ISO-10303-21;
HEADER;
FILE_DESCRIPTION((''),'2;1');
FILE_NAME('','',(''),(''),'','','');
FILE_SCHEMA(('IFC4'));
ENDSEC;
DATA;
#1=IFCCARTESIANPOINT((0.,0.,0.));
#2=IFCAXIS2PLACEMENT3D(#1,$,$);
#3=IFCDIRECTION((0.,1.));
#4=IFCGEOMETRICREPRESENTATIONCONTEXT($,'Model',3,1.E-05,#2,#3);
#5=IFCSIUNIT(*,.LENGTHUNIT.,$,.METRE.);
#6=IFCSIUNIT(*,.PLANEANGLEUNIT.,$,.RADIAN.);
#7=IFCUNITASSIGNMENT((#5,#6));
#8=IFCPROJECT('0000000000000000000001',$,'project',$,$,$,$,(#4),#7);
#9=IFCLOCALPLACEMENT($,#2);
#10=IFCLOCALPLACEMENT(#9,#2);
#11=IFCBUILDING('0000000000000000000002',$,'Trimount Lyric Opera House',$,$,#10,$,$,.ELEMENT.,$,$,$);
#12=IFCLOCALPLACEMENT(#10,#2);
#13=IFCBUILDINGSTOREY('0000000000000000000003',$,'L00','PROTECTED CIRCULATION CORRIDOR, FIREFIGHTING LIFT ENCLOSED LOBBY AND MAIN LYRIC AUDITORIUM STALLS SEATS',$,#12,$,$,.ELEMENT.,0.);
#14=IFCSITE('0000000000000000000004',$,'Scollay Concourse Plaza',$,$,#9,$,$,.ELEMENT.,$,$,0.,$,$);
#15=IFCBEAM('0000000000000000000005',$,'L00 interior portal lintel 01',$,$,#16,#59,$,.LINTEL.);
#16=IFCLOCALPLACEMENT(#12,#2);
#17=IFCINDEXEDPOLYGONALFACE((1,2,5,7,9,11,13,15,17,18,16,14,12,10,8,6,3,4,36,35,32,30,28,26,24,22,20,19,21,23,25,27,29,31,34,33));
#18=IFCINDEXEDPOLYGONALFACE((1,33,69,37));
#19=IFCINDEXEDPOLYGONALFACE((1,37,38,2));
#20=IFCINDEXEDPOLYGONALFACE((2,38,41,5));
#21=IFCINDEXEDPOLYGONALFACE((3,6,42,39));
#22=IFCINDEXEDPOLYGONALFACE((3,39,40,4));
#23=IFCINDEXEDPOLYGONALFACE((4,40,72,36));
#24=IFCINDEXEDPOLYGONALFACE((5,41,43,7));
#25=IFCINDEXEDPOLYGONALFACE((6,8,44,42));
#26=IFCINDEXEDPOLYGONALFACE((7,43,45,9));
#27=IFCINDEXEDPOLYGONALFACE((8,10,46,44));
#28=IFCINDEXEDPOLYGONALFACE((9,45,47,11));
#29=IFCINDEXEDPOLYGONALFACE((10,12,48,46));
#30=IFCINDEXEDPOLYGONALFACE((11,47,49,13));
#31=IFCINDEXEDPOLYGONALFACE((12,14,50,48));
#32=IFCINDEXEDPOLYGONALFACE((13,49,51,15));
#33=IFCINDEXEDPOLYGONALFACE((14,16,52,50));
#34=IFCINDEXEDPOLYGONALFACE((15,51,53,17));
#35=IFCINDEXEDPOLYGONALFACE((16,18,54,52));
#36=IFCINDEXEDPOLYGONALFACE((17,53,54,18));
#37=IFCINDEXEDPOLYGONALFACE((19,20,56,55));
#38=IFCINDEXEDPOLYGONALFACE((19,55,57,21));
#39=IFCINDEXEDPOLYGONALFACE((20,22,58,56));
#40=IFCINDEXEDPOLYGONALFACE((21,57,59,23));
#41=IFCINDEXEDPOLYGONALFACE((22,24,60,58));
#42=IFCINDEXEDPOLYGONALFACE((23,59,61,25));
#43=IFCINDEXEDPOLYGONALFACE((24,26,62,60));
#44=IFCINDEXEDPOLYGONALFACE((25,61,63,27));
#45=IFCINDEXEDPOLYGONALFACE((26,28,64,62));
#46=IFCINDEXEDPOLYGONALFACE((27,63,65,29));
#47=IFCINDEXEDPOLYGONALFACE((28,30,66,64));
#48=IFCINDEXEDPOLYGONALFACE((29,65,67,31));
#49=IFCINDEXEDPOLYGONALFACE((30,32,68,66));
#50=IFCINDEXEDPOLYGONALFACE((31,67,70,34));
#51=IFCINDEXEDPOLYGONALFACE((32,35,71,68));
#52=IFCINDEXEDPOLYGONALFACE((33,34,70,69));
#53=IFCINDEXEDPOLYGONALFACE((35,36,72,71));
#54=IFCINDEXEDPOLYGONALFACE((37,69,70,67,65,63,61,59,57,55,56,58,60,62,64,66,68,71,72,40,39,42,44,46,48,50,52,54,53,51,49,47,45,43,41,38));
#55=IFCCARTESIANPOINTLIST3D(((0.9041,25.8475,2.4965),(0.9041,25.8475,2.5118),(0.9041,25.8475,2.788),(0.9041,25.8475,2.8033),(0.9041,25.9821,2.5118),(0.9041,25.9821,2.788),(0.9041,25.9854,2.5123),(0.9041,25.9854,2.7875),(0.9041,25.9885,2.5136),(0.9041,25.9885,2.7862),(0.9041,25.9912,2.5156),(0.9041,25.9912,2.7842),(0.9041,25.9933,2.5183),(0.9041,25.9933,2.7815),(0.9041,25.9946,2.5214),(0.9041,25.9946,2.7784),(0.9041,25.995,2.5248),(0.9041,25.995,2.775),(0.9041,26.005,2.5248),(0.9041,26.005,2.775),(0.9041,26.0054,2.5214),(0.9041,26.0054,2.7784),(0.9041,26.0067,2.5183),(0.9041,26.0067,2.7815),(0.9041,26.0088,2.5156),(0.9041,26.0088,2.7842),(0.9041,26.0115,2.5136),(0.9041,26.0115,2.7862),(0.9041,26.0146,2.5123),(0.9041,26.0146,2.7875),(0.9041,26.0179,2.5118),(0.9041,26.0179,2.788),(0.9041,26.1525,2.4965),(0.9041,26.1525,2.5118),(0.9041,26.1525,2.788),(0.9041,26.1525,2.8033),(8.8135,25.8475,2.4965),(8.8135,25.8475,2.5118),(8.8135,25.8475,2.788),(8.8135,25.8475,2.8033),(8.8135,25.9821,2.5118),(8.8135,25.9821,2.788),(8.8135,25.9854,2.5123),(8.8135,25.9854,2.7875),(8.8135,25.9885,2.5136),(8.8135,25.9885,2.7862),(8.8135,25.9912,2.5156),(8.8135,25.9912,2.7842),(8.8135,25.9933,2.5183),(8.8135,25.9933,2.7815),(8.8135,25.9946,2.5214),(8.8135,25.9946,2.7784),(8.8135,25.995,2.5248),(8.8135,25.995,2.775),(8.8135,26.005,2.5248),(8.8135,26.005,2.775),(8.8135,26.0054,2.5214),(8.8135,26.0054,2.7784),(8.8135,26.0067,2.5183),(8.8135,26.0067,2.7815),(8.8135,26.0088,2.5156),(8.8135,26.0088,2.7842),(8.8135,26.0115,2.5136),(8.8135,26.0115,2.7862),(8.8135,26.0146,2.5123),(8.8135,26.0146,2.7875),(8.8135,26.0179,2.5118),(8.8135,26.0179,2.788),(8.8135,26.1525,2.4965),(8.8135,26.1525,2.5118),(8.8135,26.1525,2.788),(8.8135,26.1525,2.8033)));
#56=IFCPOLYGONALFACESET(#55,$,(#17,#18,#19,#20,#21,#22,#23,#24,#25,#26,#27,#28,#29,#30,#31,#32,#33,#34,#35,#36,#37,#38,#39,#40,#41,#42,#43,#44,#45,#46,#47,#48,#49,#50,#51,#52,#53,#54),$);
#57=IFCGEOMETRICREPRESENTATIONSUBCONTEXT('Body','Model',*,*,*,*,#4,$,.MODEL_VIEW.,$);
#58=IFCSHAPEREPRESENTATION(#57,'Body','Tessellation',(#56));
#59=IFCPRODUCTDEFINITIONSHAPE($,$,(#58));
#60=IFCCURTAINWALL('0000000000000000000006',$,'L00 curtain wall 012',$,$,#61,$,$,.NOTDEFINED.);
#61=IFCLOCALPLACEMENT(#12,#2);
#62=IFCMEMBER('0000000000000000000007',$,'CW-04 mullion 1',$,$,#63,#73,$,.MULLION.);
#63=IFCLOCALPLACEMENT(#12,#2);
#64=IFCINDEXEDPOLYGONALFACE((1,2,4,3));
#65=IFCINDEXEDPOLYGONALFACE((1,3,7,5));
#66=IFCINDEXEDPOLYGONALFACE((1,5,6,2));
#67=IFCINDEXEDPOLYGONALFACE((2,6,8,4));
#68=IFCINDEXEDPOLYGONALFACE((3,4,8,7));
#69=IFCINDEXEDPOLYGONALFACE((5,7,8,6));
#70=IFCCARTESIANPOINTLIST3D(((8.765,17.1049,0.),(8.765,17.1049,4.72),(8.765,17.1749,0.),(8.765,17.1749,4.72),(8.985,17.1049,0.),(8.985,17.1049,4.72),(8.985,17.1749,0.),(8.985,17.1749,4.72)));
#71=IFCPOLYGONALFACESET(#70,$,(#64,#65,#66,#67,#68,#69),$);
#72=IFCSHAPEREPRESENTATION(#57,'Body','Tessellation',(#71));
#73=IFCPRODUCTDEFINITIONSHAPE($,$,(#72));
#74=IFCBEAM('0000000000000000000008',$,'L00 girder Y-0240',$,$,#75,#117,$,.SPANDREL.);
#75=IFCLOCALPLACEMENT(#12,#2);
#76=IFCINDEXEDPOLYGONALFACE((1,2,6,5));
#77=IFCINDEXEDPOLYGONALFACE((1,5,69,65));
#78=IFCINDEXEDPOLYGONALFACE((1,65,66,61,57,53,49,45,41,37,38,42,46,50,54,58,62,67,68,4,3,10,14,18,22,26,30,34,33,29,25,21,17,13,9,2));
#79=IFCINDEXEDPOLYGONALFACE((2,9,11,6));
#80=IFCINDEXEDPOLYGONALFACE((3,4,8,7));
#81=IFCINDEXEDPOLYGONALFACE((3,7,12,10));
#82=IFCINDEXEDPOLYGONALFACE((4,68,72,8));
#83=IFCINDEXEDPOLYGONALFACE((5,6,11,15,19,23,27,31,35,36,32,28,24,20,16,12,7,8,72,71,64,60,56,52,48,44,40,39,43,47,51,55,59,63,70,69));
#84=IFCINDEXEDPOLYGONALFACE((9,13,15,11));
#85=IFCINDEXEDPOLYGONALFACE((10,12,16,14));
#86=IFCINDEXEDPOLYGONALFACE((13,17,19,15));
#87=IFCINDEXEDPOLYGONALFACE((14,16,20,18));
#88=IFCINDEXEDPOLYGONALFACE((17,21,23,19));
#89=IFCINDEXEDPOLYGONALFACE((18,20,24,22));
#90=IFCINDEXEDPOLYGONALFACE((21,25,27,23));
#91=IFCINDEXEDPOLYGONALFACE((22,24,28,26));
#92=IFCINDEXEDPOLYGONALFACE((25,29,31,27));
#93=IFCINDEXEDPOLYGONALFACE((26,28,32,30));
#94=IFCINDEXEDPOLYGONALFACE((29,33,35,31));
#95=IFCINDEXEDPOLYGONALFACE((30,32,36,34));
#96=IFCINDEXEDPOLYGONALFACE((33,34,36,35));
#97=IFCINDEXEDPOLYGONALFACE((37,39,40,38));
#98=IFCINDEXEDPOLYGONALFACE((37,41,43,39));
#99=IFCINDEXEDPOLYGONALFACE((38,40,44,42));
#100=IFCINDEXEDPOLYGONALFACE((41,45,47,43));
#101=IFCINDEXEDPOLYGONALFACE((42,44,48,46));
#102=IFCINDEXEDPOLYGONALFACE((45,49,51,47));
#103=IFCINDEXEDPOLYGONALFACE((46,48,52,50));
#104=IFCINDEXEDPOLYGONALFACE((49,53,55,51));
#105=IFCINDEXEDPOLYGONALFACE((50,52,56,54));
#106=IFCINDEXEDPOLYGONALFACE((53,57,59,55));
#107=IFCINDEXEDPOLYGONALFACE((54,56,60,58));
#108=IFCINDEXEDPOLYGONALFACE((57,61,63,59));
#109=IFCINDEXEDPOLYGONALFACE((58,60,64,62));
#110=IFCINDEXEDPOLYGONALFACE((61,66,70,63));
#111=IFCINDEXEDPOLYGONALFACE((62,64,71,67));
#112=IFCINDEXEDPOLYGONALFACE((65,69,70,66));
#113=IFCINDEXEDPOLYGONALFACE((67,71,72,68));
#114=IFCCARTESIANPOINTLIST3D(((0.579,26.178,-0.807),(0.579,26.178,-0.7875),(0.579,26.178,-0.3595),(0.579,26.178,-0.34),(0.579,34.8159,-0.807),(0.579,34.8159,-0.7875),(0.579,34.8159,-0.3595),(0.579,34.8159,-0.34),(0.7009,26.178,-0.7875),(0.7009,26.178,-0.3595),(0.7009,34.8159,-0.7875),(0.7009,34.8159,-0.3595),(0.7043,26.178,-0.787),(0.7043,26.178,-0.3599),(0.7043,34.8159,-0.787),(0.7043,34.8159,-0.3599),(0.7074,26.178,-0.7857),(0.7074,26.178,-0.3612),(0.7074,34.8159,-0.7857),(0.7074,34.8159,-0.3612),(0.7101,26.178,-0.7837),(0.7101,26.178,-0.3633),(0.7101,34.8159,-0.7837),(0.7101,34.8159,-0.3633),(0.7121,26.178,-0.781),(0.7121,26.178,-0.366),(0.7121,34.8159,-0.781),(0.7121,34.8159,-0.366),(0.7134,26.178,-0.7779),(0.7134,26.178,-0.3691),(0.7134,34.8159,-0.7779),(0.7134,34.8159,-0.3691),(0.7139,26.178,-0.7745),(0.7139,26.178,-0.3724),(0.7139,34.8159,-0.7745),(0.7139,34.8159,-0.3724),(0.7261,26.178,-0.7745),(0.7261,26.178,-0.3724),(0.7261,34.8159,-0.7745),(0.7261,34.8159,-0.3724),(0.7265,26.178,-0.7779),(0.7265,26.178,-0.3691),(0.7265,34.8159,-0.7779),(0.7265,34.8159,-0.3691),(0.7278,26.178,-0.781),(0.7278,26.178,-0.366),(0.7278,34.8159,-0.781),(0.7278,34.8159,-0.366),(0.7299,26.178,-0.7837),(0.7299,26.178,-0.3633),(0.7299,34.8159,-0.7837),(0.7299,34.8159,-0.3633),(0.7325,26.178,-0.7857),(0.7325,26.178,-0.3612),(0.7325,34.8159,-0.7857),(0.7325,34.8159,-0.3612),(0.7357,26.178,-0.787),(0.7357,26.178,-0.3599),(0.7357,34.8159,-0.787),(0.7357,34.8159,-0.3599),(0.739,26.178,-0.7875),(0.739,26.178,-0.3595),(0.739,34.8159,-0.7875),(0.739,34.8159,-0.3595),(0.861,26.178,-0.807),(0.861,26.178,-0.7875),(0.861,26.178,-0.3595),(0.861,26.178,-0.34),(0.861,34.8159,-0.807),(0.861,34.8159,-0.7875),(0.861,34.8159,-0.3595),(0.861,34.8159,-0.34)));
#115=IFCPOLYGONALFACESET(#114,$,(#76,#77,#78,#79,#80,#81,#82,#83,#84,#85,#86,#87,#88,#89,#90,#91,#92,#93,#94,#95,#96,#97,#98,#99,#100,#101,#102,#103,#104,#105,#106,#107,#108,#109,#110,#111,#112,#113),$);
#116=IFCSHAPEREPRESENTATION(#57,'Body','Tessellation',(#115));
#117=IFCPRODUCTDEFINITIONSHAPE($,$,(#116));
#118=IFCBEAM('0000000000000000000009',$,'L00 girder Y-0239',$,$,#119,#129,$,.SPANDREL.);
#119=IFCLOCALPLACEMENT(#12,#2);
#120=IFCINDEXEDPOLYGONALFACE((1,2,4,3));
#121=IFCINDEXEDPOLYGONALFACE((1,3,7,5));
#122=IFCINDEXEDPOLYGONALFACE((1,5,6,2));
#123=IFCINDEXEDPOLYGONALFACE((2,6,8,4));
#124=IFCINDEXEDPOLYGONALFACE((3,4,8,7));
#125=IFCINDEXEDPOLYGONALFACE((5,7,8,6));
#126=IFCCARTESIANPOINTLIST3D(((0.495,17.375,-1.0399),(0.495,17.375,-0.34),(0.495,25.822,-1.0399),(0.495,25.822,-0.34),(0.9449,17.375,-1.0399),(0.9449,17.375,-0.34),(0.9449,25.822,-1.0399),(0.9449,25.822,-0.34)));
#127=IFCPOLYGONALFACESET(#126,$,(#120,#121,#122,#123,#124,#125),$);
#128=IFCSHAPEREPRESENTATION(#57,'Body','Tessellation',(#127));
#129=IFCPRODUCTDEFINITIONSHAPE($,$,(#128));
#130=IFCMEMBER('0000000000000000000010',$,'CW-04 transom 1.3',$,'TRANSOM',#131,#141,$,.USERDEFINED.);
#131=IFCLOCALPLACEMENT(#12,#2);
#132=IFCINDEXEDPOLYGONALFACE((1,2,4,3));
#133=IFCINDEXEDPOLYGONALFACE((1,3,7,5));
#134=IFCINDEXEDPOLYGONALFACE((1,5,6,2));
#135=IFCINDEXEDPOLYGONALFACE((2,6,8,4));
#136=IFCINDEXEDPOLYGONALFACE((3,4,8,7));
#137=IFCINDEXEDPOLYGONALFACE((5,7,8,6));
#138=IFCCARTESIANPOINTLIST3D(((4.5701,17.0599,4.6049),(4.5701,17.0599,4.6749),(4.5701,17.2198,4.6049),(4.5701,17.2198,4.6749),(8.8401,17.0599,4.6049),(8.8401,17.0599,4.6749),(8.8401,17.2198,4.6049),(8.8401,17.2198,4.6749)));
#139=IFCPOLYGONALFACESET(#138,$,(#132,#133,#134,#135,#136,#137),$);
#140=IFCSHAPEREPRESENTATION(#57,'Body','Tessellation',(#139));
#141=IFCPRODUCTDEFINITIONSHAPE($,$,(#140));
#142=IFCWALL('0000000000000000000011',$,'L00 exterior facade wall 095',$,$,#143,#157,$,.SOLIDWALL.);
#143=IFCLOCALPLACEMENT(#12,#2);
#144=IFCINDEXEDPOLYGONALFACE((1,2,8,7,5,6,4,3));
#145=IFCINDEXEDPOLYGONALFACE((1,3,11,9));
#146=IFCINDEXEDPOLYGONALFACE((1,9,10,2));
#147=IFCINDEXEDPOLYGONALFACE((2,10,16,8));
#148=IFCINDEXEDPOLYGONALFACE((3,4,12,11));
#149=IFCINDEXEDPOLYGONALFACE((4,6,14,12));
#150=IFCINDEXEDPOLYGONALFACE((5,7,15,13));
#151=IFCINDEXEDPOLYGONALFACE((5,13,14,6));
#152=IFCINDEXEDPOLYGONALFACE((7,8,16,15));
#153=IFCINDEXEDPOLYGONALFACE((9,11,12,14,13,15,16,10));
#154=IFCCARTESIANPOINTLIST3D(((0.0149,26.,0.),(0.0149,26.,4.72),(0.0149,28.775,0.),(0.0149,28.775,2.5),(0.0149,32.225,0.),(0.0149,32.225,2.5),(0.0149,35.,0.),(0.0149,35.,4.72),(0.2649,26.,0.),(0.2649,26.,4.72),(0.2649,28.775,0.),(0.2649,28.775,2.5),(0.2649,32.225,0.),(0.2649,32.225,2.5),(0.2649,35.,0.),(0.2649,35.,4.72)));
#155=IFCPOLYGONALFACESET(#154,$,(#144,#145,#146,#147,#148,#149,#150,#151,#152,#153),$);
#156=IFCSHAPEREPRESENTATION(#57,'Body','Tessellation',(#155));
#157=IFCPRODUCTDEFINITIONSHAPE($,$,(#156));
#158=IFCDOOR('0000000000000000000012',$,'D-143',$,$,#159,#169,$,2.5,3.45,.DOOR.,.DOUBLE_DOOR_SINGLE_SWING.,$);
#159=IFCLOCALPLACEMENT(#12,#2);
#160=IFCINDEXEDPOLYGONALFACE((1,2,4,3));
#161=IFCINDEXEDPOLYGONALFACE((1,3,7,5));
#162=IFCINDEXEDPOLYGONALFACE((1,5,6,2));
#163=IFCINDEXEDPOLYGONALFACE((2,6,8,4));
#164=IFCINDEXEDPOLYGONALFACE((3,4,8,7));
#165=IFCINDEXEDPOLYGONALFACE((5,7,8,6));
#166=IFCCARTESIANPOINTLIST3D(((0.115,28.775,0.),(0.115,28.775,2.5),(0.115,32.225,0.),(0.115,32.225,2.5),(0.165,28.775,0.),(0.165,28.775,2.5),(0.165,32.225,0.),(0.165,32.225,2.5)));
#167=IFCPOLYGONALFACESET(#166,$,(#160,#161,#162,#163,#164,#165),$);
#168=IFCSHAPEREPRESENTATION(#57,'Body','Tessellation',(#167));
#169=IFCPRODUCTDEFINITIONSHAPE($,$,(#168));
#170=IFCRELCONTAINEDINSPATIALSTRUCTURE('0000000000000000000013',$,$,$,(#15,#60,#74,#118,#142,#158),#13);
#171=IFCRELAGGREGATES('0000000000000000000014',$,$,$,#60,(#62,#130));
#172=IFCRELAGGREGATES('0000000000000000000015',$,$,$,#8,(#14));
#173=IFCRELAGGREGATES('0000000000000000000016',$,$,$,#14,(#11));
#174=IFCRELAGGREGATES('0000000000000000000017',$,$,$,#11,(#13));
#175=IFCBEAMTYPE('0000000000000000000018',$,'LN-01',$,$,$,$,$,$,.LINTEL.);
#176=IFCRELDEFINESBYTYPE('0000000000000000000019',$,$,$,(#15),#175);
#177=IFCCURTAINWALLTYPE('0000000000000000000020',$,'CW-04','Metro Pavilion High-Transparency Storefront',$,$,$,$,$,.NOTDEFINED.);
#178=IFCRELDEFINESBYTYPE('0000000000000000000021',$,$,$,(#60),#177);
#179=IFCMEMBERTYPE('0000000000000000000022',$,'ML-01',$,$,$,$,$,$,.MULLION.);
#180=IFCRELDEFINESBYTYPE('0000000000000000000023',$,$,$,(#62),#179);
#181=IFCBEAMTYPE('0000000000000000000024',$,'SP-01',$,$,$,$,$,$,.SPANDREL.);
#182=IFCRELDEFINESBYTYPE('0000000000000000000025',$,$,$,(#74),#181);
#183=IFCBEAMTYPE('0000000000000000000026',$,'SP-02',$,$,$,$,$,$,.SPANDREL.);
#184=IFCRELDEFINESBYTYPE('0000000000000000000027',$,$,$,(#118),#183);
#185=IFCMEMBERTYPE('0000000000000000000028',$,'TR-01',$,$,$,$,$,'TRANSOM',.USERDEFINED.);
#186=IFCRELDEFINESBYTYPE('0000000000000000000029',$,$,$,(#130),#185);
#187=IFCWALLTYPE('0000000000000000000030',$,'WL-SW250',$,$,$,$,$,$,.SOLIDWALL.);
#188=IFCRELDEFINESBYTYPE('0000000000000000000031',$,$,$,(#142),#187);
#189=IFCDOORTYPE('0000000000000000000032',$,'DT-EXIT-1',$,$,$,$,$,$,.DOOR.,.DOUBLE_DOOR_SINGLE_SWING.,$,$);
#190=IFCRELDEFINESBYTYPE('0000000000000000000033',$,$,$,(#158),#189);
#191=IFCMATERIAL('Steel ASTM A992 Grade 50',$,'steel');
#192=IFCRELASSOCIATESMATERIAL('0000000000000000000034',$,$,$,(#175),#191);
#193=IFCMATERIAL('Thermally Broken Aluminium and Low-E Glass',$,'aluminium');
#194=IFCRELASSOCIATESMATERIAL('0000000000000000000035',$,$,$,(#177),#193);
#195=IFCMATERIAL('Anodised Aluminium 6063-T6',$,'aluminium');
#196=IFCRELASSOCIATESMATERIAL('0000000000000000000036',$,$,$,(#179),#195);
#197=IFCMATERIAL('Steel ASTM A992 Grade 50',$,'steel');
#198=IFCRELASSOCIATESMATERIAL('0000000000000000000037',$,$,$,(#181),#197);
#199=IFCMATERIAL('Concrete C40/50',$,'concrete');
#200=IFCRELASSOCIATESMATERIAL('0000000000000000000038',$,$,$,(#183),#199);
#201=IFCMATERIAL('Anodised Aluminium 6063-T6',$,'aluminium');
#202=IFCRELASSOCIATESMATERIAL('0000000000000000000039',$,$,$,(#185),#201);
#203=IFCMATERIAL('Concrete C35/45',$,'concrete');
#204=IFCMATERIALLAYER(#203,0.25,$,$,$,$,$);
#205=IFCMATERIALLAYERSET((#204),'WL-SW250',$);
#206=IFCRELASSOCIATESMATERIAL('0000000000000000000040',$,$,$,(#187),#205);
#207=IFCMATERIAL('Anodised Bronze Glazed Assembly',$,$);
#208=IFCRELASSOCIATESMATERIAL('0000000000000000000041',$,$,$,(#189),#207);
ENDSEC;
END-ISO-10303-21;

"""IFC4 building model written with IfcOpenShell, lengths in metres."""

from ifc_helpers import new_model, si_unit, direction, frame, frame_2d, origin, origin_2d, place, context, subcontext, project, spatial, rectangle, i_section, extrude, material, layer, layer_set, material_profile, profile_set, type_object, element, fill, aggregate, save


model = new_model("IFC4")

# Units and contexts
model_context = context("Model", 3, precision=1e-05, world=origin(), true_north=direction((0.0, 1.0)))
body_context = subcontext(model_context, "Body", "Model", "MODEL_VIEW")
ifc_project = project(units=[si_unit("LENGTHUNIT", "METRE"), si_unit("PLANEANGLEUNIT", "RADIAN")], contexts=[model_context])

# Site, building, storey
site_placement = place(None, origin())
site = spatial("IfcSite", under=ifc_project, at=site_placement, Name="Scollay Concourse Plaza", CompositionType="ELEMENT", RefElevation=0.0)
building_placement = place(site_placement, origin())
building = spatial("IfcBuilding", under=site, at=building_placement, Name="Trimount Lyric Opera House", CompositionType="ELEMENT")
storey_placement = place(building_placement, origin())
storey = spatial("IfcBuildingStorey", under=building, at=storey_placement, Name="L00", Description="PROTECTED CIRCULATION CORRIDOR, FIREFIGHTING LIFT ENCLOSED LOBBY AND MAIN LYRIC AUDITORIUM STALLS SEATS", CompositionType="ELEMENT", Elevation=0.0)

# Beam
ifc_material_1 = material(Name="Steel ASTM A992 Grade 50", Category="steel")
ifc_material_profile_1 = material_profile(ifc_material_1, i_section(OverallWidth=0.3049, OverallDepth=0.3069, WebThickness=0.01, FlangeThickness=0.0154, FilletRadius=0.0129, at=origin_2d()), Name="W12X65")
ifc_profile_set_1 = profile_set([ifc_material_profile_1], Name="Steel ASTM A992 Grade 50")
beam_type_1 = type_object("IfcBeamType", Name="LN-01", PredefinedType="LINTEL", material=ifc_profile_set_1)
beam_1_placement = place(storey_placement, frame((0.9041, 26.0, 2.6499), z_axis=(1.0, 0.0, 0.0), x_axis=(0.0, 1.0, 0.0)))
element("IfcBeam", 1, at=beam_1_placement, inside=storey, type_object=beam_type_1, Name="L00 interior portal lintel 01", PredefinedType="LINTEL", context=body_context, shape_type="SweptSolid", body=[
    extrude(i_section(OverallWidth=0.3049, OverallDepth=0.3069, WebThickness=0.01, FlangeThickness=0.0154, FilletRadius=0.0129, at=origin_2d()), origin(), (0.0, 0.0, 1.0), 7.9094),
])

# Curtain wall, member
ifc_material_2 = material(Name="Thermally Broken Aluminium and Low-E Glass", Category="aluminium")
curtain_wall_type = type_object("IfcCurtainWallType", Name="CW-04", Description="Metro Pavilion High-Transparency Storefront", PredefinedType="NOTDEFINED", material=ifc_material_2)
curtain_wall_placement = place(storey_placement, origin())
curtain_wall = element("IfcCurtainWall", 2, at=curtain_wall_placement, inside=storey, type_object=curtain_wall_type, Name="L00 curtain wall 012", PredefinedType="NOTDEFINED")
ifc_material_3 = material(Name="Anodised Aluminium 6063-T6", Category="aluminium")
ifc_material_profile_2 = material_profile(ifc_material_3, rectangle(XDim=0.0701, YDim=0.22, at=origin_2d()), Name="ALU-MULL-70X220")
ifc_profile_set_2 = profile_set([ifc_material_profile_2], Name="Anodised Aluminium 6063-T6")
member_type_1 = type_object("IfcMemberType", Name="ML-01", PredefinedType="MULLION", material=ifc_profile_set_2)
member_1_placement = place(storey_placement, frame((8.875, 17.1399, 0.0), z_axis=(0.0, 0.0, 1.0), x_axis=(0.0, -1.0, 0.0)))
member_1 = element("IfcMember", 3, at=member_1_placement, type_object=member_type_1, Name="CW-04 mullion 1", PredefinedType="MULLION", context=body_context, shape_type="SweptSolid", body=[
    extrude(rectangle(XDim=0.0701, YDim=0.22, at=origin_2d()), origin(), (0.0, 0.0, 1.0), 4.72),
])

# Beams
ifc_material_4 = material(Name="Steel ASTM A992 Grade 50", Category="steel")
ifc_material_profile_3 = material_profile(ifc_material_4, i_section(OverallWidth=0.282, OverallDepth=0.467, WebThickness=0.0122, FlangeThickness=0.0195, FilletRadius=0.0129, at=origin_2d()), Name="W18X86")
ifc_profile_set_3 = profile_set([ifc_material_profile_3], Name="Steel ASTM A992 Grade 50")
beam_type_2 = type_object("IfcBeamType", Name="SP-01", PredefinedType="SPANDREL", material=ifc_profile_set_3)
beam_2_placement = place(storey_placement, frame((0.72, 26.178, -0.5735), z_axis=(0.0, 1.0, 0.0), x_axis=(-1.0, 0.0, 0.0)))
element("IfcBeam", 4, at=beam_2_placement, inside=storey, type_object=beam_type_2, Name="L00 girder Y-0240", PredefinedType="SPANDREL", context=body_context, shape_type="SweptSolid", body=[
    extrude(i_section(OverallWidth=0.282, OverallDepth=0.467, WebThickness=0.0122, FlangeThickness=0.0195, FilletRadius=0.0129, at=origin_2d()), origin(), (0.0, 0.0, 1.0), 8.6379),
])
ifc_material_5 = material(Name="Concrete C40/50", Category="concrete")
ifc_material_profile_4 = material_profile(ifc_material_5, rectangle(XDim=0.45, YDim=0.7, at=origin_2d()), Name="RC450X700")
ifc_profile_set_4 = profile_set([ifc_material_profile_4], Name="Concrete C40/50")
beam_type_3 = type_object("IfcBeamType", Name="SP-02", PredefinedType="SPANDREL", material=ifc_profile_set_4)
beam_3_placement = place(storey_placement, frame((0.72, 17.375, -0.6899), z_axis=(0.0, 1.0, 0.0), x_axis=(-1.0, 0.0, 0.0)))
element("IfcBeam", 5, at=beam_3_placement, inside=storey, type_object=beam_type_3, Name="L00 girder Y-0239", PredefinedType="SPANDREL", context=body_context, shape_type="SweptSolid", body=[
    extrude(rectangle(XDim=0.45, YDim=0.7, at=origin_2d()), origin(), (0.0, 0.0, 1.0), 8.447),
])

# Member
ifc_material_6 = material(Name="Anodised Aluminium 6063-T6", Category="aluminium")
ifc_material_profile_5 = material_profile(ifc_material_6, rectangle(XDim=0.1599, YDim=0.0701, at=origin_2d()), Name="ALU-TRAN-70X160")
ifc_profile_set_5 = profile_set([ifc_material_profile_5], Name="Anodised Aluminium 6063-T6")
member_type_2 = type_object("IfcMemberType", Name="TR-01", ElementType="TRANSOM", PredefinedType="USERDEFINED", material=ifc_profile_set_5)
member_2_placement = place(storey_placement, frame((8.8401, 17.1399, 4.6399), z_axis=(-1.0, 0.0, 0.0), x_axis=(0.0, -1.0, 0.0)))
member_2 = element("IfcMember", 6, at=member_2_placement, type_object=member_type_2, Name="CW-04 transom 1.3", ObjectType="TRANSOM", PredefinedType="USERDEFINED", context=body_context, shape_type="SweptSolid", body=[
    extrude(rectangle(XDim=0.1599, YDim=0.0701, at=origin_2d()), origin(), (0.0, 0.0, 1.0), 4.27),
])
aggregate(curtain_wall, [member_1, member_2])

# Wall, opening, door
ifc_material_7 = material(Name="Concrete C35/45", Category="concrete")
ifc_layer = layer(ifc_material_7, 0.25)
ifc_layer_set = layer_set([ifc_layer], Name="WL-SW250")
wall_type = type_object("IfcWallType", Name="WL-SW250", PredefinedType="SOLIDWALL", material=ifc_layer_set)
wall_1_placement = place(storey_placement, frame((0.1399, 26.0, 0.0), z_axis=(0.0, 0.0, 1.0), x_axis=(0.0, 1.0, 0.0)))
wall_1 = element("IfcWall", 7, at=wall_1_placement, inside=storey, type_object=wall_type, Name="L00 exterior facade wall 095", PredefinedType="SOLIDWALL", context=body_context, shape_type="SweptSolid", body=[
    extrude(rectangle(XDim=9.0, YDim=0.25, at=frame_2d((4.5, 0.0))), origin(), (0.0, 0.0, 1.0), 4.72),
])
opening_1_placement = place(wall_1_placement, frame((2.7749, 0.0, 0.0)))
opening_1 = element("IfcOpeningElement", 8, at=opening_1_placement, cuts=wall_1, PredefinedType="OPENING", context=body_context, shape_type="SweptSolid", body=[
    extrude(rectangle(XDim=3.45, YDim=2.5, at=frame_2d((1.7251, 1.25))), frame((0.0, 0.135, 0.0), z_axis=(0.0, -1.0, 0.0), x_axis=(1.0, 0.0, 0.0)), (0.0, 0.0, 1.0), 0.27),
])
ifc_material_8 = material(Name="Anodised Bronze Glazed Assembly")
door_type = type_object("IfcDoorType", Name="DT-EXIT-1", OperationType="DOUBLE_DOOR_SINGLE_SWING", PredefinedType="DOOR", material=ifc_material_8)
door_1_placement = place(opening_1_placement, origin())
door_1 = element("IfcDoor", 9, at=door_1_placement, inside=storey, type_object=door_type, Name="D-143", OperationType="DOUBLE_DOOR_SINGLE_SWING", OverallHeight=2.5, OverallWidth=3.45, PredefinedType="DOOR", context=body_context, shape_type="SweptSolid", body=[
    extrude(rectangle(XDim=3.45, YDim=2.5, at=frame_2d((1.7251, 1.25))), frame((0.0, 0.0249, 0.0), z_axis=(0.0, -1.0, 0.0), x_axis=(1.0, 0.0, 0.0)), (0.0, 0.0, 1.0), 0.05),
])
fill(opening_1, door_1)

save(model, "model.ifc")
